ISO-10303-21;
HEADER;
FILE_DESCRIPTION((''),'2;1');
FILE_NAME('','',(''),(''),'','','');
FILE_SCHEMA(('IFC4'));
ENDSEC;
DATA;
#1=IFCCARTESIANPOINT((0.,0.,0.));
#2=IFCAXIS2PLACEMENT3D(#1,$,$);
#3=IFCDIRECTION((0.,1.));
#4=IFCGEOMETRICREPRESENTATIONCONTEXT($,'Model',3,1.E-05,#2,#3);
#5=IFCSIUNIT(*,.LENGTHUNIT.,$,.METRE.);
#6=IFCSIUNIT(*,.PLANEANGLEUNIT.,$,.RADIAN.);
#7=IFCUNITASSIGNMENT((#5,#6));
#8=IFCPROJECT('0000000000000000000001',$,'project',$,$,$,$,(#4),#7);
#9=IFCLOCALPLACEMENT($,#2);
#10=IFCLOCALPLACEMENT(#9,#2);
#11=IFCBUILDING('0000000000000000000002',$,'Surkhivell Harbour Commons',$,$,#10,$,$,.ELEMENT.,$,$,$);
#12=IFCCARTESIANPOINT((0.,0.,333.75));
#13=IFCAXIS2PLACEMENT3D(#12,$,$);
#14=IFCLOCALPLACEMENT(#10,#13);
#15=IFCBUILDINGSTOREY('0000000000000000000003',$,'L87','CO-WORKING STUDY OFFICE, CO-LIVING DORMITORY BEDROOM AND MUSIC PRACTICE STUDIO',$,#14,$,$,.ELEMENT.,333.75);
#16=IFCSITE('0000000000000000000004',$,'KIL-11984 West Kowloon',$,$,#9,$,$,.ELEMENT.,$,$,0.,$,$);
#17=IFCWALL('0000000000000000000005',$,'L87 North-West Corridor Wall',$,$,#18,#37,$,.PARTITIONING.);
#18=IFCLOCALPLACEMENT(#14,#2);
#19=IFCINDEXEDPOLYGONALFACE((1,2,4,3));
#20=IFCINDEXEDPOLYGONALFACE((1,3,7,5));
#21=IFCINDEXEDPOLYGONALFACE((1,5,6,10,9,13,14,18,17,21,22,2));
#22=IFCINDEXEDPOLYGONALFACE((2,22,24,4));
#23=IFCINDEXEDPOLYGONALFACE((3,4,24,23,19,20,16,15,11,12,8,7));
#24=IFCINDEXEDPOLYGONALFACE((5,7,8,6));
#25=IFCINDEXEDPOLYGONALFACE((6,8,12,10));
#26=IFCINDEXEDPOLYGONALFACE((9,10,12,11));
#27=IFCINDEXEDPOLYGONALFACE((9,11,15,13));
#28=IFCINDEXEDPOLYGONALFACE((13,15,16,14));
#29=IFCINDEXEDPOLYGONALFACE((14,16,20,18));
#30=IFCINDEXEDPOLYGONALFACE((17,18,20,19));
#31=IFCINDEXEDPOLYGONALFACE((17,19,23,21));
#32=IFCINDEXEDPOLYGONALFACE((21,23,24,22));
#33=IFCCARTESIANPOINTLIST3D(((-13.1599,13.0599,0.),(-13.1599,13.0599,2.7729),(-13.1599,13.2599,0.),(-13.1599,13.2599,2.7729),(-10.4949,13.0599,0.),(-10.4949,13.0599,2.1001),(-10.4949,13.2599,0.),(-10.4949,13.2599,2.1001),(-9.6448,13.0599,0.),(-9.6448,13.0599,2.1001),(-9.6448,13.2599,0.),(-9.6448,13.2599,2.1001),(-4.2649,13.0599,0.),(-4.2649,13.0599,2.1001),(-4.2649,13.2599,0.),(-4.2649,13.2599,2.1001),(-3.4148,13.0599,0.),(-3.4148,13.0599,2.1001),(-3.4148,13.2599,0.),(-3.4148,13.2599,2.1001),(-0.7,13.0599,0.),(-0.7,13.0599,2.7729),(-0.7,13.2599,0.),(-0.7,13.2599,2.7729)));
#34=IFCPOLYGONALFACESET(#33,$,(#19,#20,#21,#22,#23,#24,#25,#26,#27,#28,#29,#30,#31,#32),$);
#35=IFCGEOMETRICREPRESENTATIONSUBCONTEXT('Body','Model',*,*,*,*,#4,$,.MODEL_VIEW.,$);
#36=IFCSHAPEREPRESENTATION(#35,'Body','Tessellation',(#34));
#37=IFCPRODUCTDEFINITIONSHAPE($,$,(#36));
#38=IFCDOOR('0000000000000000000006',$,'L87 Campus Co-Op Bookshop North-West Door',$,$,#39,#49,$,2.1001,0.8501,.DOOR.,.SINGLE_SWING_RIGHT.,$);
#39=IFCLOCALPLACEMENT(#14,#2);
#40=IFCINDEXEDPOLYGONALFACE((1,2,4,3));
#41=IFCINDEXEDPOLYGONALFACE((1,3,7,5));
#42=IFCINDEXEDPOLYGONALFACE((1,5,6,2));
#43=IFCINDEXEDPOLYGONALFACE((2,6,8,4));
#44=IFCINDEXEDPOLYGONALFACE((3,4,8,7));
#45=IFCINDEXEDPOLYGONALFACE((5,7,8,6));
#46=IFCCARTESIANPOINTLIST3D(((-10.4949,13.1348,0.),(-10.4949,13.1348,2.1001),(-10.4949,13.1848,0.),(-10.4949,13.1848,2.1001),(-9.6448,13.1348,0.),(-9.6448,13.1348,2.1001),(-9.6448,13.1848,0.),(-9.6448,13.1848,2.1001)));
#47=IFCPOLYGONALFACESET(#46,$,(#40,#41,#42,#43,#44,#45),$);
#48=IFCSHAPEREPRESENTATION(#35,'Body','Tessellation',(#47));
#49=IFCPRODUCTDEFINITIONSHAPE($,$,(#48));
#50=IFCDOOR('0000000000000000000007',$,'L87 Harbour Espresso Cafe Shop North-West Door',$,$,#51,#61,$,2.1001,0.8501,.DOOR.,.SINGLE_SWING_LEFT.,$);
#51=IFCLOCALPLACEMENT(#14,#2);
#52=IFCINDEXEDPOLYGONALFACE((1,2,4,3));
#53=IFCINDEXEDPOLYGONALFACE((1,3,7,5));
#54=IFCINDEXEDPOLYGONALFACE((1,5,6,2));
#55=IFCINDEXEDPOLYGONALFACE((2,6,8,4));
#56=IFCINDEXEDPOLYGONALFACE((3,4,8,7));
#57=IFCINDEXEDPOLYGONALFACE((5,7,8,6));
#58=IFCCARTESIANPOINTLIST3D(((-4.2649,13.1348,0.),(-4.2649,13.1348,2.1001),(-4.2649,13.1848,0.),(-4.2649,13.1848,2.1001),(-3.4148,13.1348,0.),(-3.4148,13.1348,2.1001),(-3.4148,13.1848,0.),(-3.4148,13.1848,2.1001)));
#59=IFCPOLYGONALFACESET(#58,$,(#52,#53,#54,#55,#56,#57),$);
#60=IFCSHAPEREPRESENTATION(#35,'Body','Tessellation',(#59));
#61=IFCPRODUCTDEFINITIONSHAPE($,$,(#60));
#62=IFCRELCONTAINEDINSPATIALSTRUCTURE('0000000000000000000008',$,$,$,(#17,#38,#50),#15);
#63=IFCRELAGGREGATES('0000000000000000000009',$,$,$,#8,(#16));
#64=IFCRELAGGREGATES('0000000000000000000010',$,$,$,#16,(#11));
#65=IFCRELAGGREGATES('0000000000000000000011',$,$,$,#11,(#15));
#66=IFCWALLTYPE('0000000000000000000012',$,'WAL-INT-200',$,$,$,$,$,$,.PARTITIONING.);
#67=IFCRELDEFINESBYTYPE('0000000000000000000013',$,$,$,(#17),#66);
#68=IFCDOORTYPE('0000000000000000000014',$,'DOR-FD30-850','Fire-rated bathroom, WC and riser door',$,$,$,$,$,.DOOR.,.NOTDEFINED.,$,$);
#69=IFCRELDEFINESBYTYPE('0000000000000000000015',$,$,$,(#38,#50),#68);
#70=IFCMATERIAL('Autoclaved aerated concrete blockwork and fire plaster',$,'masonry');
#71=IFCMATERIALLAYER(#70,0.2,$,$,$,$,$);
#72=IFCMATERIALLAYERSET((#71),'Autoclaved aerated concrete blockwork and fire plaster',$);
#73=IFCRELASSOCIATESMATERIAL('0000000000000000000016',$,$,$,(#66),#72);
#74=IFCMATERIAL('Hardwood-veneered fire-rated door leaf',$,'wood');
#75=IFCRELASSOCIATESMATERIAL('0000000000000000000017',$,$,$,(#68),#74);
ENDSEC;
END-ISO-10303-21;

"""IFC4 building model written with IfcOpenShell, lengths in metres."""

from ifc_helpers import new_model, si_unit, direction, frame, frame_2d, origin, place, context, subcontext, project, spatial, rectangle, extrude, material, layer, layer_set, type_object, element, fill, save


model = new_model("IFC4")

# Units and contexts
model_context = context("Model", 3, precision=1e-05, world=origin(), true_north=direction((0.0, 1.0)))
body_context = subcontext(model_context, "Body", "Model", "MODEL_VIEW")
ifc_project = project(units=[si_unit("LENGTHUNIT", "METRE"), si_unit("PLANEANGLEUNIT", "RADIAN")], contexts=[model_context])

# Site, building, storey
site_placement = place(None, origin())
site = spatial("IfcSite", under=ifc_project, at=site_placement, Name="KIL-11984 West Kowloon", CompositionType="ELEMENT", RefElevation=0.0)
building_placement = place(site_placement, origin())
building = spatial("IfcBuilding", under=site, at=building_placement, Name="Surkhivell Harbour Commons", CompositionType="ELEMENT")
storey_placement = place(building_placement, frame((0.0, 0.0, 333.75)))
storey = spatial("IfcBuildingStorey", under=building, at=storey_placement, Name="L87", Description="CO-WORKING STUDY OFFICE, CO-LIVING DORMITORY BEDROOM AND MUSIC PRACTICE STUDIO", CompositionType="ELEMENT", Elevation=333.75)

# Shared definitions
ifc_material_1 = material(Name="Autoclaved aerated concrete blockwork and fire plaster", Category="masonry")
ifc_layer_1 = layer(ifc_material_1, 0.2)
ifc_layer_set_1 = layer_set([ifc_layer_1], Name="Autoclaved aerated concrete blockwork and fire plaster")
wall_type_1 = type_object("IfcWallType", Name="WAL-INT-200", PredefinedType="PARTITIONING", material=ifc_layer_set_1)

# Wall, openings, doors
wall_1_placement = place(storey_placement, frame((-13.1599, 13.1599, 0.0), z_axis=(0.0, 0.0, 1.0), x_axis=(1.0, 0.0, 0.0)))
wall_1 = element("IfcWall", 1, at=wall_1_placement, inside=storey, type_object=wall_type_1, Name="L87 North-West Corridor Wall", PredefinedType="PARTITIONING", context=body_context, shape_type="SweptSolid", body=[
    extrude(rectangle(XDim=12.46, YDim=0.2, at=frame_2d((6.23, 0.0))), origin(), (0.0, 0.0, 1.0), 2.7729),
])
opening_1_placement = place(wall_1_placement, frame((2.665, 0.0, 0.0)))
opening_1 = element("IfcOpeningElement", 2, at=opening_1_placement, cuts=wall_1, PredefinedType="OPENING", context=body_context, shape_type="SweptSolid", body=[
    extrude(rectangle(XDim=0.8501, YDim=2.1001, at=frame_2d((0.425, 1.05))), frame((0.0, 0.1099, 0.0), z_axis=(0.0, -1.0, 0.0), x_axis=(1.0, 0.0, 0.0)), (0.0, 0.0, 1.0), 0.22),
])
opening_2_placement = place(wall_1_placement, frame((8.895, 0.0, 0.0)))
opening_2 = element("IfcOpeningElement", 3, at=opening_2_placement, cuts=wall_1, PredefinedType="OPENING", context=body_context, shape_type="SweptSolid", body=[
    extrude(rectangle(XDim=0.8501, YDim=2.1001, at=frame_2d((0.425, 1.05))), frame((0.0, 0.1099, 0.0), z_axis=(0.0, -1.0, 0.0), x_axis=(1.0, 0.0, 0.0)), (0.0, 0.0, 1.0), 0.22),
])
ifc_material_2 = material(Name="Hardwood-veneered fire-rated door leaf", Category="wood")
door_type = type_object("IfcDoorType", Name="DOR-FD30-850", Description="Fire-rated bathroom, WC and riser door", OperationType="NOTDEFINED", PredefinedType="DOOR", material=ifc_material_2)
door_1_placement = place(opening_1_placement, origin())
door_1 = element("IfcDoor", 4, at=door_1_placement, inside=storey, type_object=door_type, Name="L87 Campus Co-Op Bookshop North-West Door", OperationType="SINGLE_SWING_RIGHT", OverallHeight=2.1001, OverallWidth=0.8501, PredefinedType="DOOR", context=body_context, shape_type="SweptSolid", body=[
    extrude(rectangle(XDim=0.8501, YDim=2.1001, at=frame_2d((0.425, 1.05))), frame((0.0, 0.0249, 0.0), z_axis=(0.0, -1.0, 0.0), x_axis=(1.0, 0.0, 0.0)), (0.0, 0.0, 1.0), 0.05),
])
fill(opening_1, door_1)
door_2_placement = place(opening_2_placement, origin())
door_2 = element("IfcDoor", 5, at=door_2_placement, inside=storey, type_object=door_type, Name="L87 Harbour Espresso Cafe Shop North-West Door", OperationType="SINGLE_SWING_LEFT", OverallHeight=2.1001, OverallWidth=0.8501, PredefinedType="DOOR", context=body_context, shape_type="SweptSolid", body=[
    extrude(rectangle(XDim=0.8501, YDim=2.1001, at=frame_2d((0.425, 1.05))), frame((0.0, 0.0249, 0.0), z_axis=(0.0, -1.0, 0.0), x_axis=(1.0, 0.0, 0.0)), (0.0, 0.0, 1.0), 0.05),
])
fill(opening_2, door_2)

save(model, "model.ifc")
